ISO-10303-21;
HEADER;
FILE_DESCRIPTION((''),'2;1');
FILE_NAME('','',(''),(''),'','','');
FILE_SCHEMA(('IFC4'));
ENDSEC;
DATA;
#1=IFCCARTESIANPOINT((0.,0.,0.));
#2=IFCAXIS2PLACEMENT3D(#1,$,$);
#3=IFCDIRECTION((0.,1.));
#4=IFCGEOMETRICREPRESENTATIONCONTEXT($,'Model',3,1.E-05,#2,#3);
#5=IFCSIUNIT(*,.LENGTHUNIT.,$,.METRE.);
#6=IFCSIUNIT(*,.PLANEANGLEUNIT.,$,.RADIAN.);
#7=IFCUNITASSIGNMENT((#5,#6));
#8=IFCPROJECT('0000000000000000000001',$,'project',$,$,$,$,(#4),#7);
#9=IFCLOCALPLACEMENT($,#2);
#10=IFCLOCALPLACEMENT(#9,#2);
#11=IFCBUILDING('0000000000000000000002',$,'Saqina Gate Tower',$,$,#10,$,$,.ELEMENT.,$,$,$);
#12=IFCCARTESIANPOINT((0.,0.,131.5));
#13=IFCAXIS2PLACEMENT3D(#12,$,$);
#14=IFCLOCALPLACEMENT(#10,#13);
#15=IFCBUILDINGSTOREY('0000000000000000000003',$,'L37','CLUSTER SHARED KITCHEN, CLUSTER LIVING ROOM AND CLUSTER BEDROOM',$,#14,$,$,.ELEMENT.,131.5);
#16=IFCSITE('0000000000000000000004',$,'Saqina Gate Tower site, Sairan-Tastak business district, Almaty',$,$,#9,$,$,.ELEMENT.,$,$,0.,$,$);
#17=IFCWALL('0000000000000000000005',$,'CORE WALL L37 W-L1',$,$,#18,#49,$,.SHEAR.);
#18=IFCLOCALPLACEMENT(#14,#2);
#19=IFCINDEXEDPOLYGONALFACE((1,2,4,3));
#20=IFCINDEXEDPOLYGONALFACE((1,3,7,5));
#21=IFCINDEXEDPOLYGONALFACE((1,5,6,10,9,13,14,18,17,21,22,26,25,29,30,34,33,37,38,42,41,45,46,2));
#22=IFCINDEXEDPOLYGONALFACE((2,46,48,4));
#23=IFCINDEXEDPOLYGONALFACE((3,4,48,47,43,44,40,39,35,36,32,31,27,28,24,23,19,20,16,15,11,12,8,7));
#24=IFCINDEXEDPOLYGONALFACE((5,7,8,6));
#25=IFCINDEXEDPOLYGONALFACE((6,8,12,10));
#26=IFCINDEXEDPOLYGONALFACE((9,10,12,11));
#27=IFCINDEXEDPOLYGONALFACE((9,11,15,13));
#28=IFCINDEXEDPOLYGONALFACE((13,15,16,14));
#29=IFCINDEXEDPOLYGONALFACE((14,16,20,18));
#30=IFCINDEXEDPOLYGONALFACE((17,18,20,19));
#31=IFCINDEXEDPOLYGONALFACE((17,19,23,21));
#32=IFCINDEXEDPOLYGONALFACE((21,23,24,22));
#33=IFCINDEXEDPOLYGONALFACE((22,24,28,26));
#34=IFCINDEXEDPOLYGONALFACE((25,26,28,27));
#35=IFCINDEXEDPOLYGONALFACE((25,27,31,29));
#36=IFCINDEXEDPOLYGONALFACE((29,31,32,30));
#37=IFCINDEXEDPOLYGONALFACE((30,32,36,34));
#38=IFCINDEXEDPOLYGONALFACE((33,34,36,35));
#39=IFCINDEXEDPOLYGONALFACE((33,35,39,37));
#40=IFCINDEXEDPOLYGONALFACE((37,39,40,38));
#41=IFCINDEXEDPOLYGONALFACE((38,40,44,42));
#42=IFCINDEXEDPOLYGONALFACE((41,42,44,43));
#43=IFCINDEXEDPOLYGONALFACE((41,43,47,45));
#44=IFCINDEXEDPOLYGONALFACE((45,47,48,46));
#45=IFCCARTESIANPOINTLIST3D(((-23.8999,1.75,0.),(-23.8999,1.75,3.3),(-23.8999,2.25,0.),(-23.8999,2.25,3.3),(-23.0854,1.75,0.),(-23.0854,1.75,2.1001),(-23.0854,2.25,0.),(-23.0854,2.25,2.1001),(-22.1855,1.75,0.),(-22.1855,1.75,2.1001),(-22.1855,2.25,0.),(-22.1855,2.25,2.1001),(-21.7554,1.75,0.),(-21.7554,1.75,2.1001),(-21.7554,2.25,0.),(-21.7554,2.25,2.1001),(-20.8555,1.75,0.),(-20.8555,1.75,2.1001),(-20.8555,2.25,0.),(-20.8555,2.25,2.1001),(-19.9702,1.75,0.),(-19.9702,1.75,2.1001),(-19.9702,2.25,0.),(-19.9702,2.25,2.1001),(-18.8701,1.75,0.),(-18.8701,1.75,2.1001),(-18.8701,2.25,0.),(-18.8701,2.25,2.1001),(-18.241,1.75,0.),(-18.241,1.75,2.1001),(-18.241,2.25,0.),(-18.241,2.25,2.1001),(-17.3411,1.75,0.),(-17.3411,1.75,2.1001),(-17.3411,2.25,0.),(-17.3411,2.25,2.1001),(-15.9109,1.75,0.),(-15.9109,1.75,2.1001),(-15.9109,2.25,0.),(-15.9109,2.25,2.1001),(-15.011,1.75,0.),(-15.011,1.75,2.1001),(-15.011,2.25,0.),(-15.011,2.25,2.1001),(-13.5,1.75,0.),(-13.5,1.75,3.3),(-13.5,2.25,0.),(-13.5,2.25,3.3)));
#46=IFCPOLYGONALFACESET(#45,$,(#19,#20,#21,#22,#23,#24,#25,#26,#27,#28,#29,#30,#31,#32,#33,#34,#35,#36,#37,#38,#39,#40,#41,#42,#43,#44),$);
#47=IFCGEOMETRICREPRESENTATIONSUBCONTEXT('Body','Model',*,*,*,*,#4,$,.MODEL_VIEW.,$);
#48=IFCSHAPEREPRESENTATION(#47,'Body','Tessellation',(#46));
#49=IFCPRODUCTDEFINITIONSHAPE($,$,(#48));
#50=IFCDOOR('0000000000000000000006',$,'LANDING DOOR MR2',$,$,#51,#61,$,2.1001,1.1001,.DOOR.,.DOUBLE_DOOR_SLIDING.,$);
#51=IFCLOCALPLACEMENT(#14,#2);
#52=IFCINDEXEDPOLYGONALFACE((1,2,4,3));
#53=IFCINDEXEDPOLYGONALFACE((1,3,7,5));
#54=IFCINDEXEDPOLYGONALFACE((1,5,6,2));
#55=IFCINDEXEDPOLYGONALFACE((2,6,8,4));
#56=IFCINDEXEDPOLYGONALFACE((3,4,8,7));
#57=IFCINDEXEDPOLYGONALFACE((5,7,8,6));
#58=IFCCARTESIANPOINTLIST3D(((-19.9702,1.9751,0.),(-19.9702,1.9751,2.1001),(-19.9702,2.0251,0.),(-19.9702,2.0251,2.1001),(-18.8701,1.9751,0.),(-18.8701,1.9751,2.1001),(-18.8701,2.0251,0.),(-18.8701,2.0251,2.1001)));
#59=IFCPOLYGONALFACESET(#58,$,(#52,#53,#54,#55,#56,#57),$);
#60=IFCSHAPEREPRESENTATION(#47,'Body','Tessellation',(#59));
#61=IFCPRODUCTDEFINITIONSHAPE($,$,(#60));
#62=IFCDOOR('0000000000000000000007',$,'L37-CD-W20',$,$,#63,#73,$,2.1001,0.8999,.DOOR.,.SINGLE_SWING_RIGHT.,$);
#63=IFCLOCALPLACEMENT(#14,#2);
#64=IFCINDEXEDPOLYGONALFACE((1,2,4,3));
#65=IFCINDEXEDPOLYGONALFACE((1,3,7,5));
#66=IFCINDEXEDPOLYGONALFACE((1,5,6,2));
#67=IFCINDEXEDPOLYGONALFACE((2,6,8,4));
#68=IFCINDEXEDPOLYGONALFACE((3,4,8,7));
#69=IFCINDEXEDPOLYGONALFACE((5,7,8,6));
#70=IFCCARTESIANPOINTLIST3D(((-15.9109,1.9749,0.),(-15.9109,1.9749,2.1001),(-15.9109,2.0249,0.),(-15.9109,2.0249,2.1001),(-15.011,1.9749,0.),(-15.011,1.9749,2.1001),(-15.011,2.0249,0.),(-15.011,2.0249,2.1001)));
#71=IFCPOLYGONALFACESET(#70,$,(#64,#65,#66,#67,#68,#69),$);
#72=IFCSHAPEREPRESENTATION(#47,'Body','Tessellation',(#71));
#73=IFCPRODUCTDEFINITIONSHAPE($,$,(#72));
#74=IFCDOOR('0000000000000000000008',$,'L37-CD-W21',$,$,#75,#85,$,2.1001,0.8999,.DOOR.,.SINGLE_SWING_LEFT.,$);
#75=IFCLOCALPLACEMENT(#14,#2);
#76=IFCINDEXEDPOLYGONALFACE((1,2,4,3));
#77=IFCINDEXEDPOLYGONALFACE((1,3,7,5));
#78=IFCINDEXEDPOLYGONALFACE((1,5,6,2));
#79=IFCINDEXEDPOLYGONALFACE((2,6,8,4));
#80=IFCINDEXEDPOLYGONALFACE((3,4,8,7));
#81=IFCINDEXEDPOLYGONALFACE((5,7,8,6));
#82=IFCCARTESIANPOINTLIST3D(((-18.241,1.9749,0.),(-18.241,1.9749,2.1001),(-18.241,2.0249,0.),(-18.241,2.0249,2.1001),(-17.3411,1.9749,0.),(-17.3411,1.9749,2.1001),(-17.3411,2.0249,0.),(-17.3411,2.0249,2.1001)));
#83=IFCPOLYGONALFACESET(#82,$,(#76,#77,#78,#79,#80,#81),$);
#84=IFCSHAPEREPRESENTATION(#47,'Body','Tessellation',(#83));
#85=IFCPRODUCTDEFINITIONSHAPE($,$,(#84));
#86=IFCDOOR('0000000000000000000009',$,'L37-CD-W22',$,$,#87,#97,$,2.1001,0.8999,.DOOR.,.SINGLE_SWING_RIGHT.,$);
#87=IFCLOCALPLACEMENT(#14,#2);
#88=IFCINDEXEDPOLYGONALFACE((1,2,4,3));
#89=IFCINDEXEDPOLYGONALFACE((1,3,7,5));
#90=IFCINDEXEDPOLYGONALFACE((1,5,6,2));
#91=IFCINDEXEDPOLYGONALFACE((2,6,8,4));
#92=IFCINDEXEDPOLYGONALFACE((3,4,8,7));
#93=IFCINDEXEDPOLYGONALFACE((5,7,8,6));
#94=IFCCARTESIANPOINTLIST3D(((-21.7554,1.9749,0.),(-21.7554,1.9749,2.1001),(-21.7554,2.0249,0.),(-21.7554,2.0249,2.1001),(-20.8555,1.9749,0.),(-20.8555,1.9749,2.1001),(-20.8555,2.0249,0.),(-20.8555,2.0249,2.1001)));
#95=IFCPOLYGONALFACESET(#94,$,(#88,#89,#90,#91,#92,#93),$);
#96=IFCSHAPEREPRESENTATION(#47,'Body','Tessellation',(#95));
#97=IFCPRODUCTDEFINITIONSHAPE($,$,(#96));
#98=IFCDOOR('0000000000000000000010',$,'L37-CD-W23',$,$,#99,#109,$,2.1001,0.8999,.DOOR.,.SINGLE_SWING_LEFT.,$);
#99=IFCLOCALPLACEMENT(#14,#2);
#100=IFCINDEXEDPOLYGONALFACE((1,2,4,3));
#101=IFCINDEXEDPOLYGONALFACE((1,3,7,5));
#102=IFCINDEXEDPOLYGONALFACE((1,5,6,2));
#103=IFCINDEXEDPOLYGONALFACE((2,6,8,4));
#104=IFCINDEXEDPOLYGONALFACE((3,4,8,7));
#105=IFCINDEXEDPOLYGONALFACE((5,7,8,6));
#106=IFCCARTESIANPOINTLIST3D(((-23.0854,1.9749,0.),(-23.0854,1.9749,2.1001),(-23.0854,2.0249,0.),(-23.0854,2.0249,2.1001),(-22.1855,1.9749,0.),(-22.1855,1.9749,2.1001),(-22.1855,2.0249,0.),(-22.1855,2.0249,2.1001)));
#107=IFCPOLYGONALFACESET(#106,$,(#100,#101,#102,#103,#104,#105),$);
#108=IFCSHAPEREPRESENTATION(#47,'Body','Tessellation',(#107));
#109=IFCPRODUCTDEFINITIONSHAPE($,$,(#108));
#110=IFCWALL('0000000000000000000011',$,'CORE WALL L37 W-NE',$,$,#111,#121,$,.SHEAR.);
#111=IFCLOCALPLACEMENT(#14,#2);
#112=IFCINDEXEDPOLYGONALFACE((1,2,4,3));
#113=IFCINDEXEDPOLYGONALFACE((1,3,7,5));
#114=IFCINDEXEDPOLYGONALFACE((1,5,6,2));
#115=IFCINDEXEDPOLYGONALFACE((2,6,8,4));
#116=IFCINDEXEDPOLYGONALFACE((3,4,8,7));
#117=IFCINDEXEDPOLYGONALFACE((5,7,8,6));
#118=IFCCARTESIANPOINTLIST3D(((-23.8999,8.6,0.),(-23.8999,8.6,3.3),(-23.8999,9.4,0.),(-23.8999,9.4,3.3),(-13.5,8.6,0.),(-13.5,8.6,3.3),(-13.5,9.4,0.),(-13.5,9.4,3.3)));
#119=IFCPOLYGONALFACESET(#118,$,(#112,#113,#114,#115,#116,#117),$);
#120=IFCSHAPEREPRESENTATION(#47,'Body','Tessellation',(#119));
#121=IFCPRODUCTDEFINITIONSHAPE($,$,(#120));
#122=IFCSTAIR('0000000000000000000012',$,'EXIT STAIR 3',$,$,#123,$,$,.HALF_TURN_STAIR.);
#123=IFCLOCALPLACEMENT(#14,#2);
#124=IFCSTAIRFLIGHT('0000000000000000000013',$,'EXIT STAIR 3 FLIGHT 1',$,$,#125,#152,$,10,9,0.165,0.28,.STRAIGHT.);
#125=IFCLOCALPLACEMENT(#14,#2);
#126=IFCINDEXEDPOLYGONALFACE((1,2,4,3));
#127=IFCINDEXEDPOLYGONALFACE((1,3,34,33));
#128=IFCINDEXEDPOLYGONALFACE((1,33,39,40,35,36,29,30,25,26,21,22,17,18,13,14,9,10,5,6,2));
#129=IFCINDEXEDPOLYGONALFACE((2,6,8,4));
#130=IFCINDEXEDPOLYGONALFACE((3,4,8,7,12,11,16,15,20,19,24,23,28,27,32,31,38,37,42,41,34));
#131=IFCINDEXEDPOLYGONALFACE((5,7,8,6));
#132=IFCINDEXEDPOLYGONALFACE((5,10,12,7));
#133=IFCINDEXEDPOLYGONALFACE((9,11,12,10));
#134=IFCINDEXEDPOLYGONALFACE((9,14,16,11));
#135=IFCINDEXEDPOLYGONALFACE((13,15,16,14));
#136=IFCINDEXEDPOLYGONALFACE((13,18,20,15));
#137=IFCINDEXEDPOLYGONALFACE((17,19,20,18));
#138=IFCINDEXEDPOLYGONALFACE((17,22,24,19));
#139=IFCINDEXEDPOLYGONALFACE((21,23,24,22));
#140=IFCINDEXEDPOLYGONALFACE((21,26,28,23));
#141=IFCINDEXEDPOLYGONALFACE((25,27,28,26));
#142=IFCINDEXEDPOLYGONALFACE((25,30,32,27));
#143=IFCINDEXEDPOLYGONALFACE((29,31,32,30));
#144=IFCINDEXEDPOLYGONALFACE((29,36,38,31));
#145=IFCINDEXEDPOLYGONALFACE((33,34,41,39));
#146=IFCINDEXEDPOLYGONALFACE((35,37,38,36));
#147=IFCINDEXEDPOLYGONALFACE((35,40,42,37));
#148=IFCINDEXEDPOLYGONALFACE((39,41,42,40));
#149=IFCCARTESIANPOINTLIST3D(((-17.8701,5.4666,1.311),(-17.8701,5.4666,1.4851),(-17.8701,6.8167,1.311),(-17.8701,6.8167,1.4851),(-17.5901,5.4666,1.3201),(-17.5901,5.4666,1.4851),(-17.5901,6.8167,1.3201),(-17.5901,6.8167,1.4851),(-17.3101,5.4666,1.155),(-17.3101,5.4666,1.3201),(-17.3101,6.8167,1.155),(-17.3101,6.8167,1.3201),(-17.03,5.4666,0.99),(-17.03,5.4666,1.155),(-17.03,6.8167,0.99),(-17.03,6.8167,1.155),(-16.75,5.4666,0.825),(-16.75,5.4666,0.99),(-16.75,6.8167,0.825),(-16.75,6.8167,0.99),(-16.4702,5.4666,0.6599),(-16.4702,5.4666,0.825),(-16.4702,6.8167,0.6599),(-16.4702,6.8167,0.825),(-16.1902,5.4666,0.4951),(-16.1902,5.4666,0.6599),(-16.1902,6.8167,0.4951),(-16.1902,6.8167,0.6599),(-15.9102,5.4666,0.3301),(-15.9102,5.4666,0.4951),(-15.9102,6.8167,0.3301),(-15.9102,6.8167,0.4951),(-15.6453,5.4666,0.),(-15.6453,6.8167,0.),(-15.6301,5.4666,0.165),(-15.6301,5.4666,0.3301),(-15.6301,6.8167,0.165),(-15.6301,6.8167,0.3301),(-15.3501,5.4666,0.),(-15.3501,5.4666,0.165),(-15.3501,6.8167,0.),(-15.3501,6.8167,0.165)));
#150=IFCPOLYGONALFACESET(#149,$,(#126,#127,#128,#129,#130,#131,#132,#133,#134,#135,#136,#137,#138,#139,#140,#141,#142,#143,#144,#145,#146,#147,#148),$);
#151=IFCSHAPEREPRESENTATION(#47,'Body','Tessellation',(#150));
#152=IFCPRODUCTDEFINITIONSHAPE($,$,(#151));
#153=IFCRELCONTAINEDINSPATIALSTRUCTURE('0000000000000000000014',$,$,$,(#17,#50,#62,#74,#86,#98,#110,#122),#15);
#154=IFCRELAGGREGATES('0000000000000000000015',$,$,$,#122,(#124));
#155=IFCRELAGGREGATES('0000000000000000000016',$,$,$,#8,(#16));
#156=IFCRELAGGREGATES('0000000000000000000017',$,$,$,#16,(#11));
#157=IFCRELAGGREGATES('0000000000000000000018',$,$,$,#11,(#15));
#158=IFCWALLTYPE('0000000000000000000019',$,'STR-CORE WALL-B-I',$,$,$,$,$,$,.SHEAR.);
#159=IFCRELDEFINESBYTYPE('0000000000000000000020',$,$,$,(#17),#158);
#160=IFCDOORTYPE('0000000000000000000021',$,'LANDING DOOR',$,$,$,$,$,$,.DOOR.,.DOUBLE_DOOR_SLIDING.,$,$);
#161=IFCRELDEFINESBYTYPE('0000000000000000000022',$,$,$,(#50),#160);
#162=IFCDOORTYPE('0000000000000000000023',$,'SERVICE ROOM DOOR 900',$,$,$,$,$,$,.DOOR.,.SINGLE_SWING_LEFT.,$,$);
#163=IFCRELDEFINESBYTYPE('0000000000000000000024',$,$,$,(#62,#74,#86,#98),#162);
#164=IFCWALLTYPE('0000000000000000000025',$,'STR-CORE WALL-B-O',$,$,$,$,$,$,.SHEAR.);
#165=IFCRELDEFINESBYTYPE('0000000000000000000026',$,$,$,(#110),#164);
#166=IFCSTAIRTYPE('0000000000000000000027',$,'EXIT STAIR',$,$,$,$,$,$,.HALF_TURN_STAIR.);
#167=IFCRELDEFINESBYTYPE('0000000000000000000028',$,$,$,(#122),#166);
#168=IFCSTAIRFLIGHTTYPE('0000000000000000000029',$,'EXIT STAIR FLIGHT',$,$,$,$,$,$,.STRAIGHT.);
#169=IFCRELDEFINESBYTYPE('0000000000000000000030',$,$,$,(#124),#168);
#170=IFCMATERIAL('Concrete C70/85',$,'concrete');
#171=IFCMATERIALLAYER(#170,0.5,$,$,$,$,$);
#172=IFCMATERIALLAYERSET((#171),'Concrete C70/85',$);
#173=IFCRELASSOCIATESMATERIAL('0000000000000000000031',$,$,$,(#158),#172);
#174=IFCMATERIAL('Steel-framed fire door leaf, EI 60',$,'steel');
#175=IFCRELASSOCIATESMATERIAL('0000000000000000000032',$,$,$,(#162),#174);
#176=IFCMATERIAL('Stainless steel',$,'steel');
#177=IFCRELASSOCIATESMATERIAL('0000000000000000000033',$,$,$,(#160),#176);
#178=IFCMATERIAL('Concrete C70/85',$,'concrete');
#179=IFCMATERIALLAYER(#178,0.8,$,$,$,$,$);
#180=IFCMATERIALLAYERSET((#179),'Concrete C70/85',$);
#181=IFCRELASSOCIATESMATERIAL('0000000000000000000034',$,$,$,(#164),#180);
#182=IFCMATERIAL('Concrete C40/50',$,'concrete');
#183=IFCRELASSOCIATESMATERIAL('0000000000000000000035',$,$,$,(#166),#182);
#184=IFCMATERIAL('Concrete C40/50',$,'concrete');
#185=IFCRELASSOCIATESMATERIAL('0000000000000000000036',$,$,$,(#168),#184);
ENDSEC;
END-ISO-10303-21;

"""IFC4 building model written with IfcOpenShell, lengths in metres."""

from ifc_helpers import new_model, si_unit, direction, frame, frame_2d, origin, place, context, subcontext, project, spatial, polyline, rectangle, outline, extrude, material, layer, layer_set, type_object, element, fill, aggregate, save


model = new_model("IFC4")

# Units and contexts
model_context = context("Model", 3, precision=1e-05, world=origin(), true_north=direction((0.0, 1.0)))
body_context = subcontext(model_context, "Body", "Model", "MODEL_VIEW")
ifc_project = project(units=[si_unit("LENGTHUNIT", "METRE"), si_unit("PLANEANGLEUNIT", "RADIAN")], contexts=[model_context])

# Site, building, storey
site_placement = place(None, origin())
site = spatial("IfcSite", under=ifc_project, at=site_placement, Name="Saqina Gate Tower site, Sairan-Tastak business district, Almaty", CompositionType="ELEMENT", RefElevation=0.0)
building_placement = place(site_placement, origin())
building = spatial("IfcBuilding", under=site, at=building_placement, Name="Saqina Gate Tower", CompositionType="ELEMENT")
storey_placement = place(building_placement, frame((0.0, 0.0, 131.5)))
storey = spatial("IfcBuildingStorey", under=building, at=storey_placement, Name="L37", Description="CLUSTER SHARED KITCHEN, CLUSTER LIVING ROOM AND CLUSTER BEDROOM", CompositionType="ELEMENT", Elevation=131.5)

# Shared definitions
ifc_material_1 = material(Name="Concrete C70/85", Category="concrete")
ifc_layer_1 = layer(ifc_material_1, 0.5)
ifc_layer_set_1 = layer_set([ifc_layer_1], Name="Concrete C70/85")
wall_type_1 = type_object("IfcWallType", Name="STR-CORE WALL-B-I", PredefinedType="SHEAR", material=ifc_layer_set_1)
ifc_material_2 = material(Name="Steel-framed fire door leaf, EI 60", Category="steel")
door_type_1 = type_object("IfcDoorType", Name="SERVICE ROOM DOOR 900", OperationType="SINGLE_SWING_LEFT", PredefinedType="DOOR", material=ifc_material_2)

# Wall, openings, doors
wall_1_placement = place(storey_placement, frame((-13.5, 2.0, 0.0), z_axis=(0.0, 0.0, 1.0), x_axis=(-1.0, 0.0, 0.0)))
wall_1 = element("IfcWall", 1, at=wall_1_placement, inside=storey, type_object=wall_type_1, Name="CORE WALL L37 W-L1", PredefinedType="SHEAR", context=body_context, shape_type="SweptSolid", body=[
    extrude(rectangle(XDim=10.3999, YDim=0.5, at=frame_2d((5.2, 0.0))), origin(), (0.0, 0.0, 1.0), 3.3),
])
opening_1_placement = place(wall_1_placement, frame((5.3701, 0.0, 0.0)))
opening_1 = element("IfcOpeningElement", 2, at=opening_1_placement, cuts=wall_1, PredefinedType="OPENING", context=body_context, shape_type="SweptSolid", body=[
    extrude(rectangle(XDim=1.1001, YDim=2.1001, at=frame_2d((0.55, 1.05))), frame((0.0, 0.262, 0.0), z_axis=(0.0, -1.0, 0.0), x_axis=(1.0, 0.0, 0.0)), (0.0, 0.0, 1.0), 0.5239),
])
opening_2_placement = place(wall_1_placement, frame((1.511, 0.0, 0.0)))
opening_2 = element("IfcOpeningElement", 3, at=opening_2_placement, cuts=wall_1, PredefinedType="OPENING", context=body_context, shape_type="SweptSolid", body=[
    extrude(rectangle(XDim=0.8999, YDim=2.1001, at=frame_2d((0.45, 1.05))), frame((0.0, 0.262, 0.0), z_axis=(0.0, -1.0, 0.0), x_axis=(1.0, 0.0, 0.0)), (0.0, 0.0, 1.0), 0.5239),
])
opening_3_placement = place(wall_1_placement, frame((3.8411, 0.0, 0.0)))
opening_3 = element("IfcOpeningElement", 4, at=opening_3_placement, cuts=wall_1, PredefinedType="OPENING", context=body_context, shape_type="SweptSolid", body=[
    extrude(rectangle(XDim=0.8999, YDim=2.1001, at=frame_2d((0.45, 1.05))), frame((0.0, 0.262, 0.0), z_axis=(0.0, -1.0, 0.0), x_axis=(1.0, 0.0, 0.0)), (0.0, 0.0, 1.0), 0.5239),
])
opening_4_placement = place(wall_1_placement, frame((7.3555, 0.0, 0.0)))
opening_4 = element("IfcOpeningElement", 5, at=opening_4_placement, cuts=wall_1, PredefinedType="OPENING", context=body_context, shape_type="SweptSolid", body=[
    extrude(rectangle(XDim=0.8999, YDim=2.1001, at=frame_2d((0.45, 1.05))), frame((0.0, 0.262, 0.0), z_axis=(0.0, -1.0, 0.0), x_axis=(1.0, 0.0, 0.0)), (0.0, 0.0, 1.0), 0.5239),
])
opening_5_placement = place(wall_1_placement, frame((8.6855, 0.0, 0.0)))
opening_5 = element("IfcOpeningElement", 6, at=opening_5_placement, cuts=wall_1, PredefinedType="OPENING", context=body_context, shape_type="SweptSolid", body=[
    extrude(rectangle(XDim=0.8999, YDim=2.1001, at=frame_2d((0.45, 1.05))), frame((0.0, 0.262, 0.0), z_axis=(0.0, -1.0, 0.0), x_axis=(1.0, 0.0, 0.0)), (0.0, 0.0, 1.0), 0.5239),
])
ifc_material_3 = material(Name="Stainless steel", Category="steel")
door_type_2 = type_object("IfcDoorType", Name="LANDING DOOR", OperationType="DOUBLE_DOOR_SLIDING", PredefinedType="DOOR", material=ifc_material_3)
door_1_placement = place(opening_1_placement, origin())
door_1 = element("IfcDoor", 7, at=door_1_placement, inside=storey, type_object=door_type_2, Name="LANDING DOOR MR2", OperationType="DOUBLE_DOOR_SLIDING", OverallHeight=2.1001, OverallWidth=1.1001, PredefinedType="DOOR", context=body_context, shape_type="SweptSolid", body=[
    extrude(rectangle(XDim=1.1001, YDim=2.1001, at=frame_2d((0.55, 1.05))), frame((0.0, 0.0249, 0.0), z_axis=(0.0, -1.0, 0.0), x_axis=(1.0, 0.0, 0.0)), (0.0, 0.0, 1.0), 0.05),
])
fill(opening_1, door_1)
door_2_placement = place(opening_2_placement, frame((0.8999, 0.0, 0.0), z_axis=(0.0, 0.0, 1.0), x_axis=(-1.0, 0.0, 0.0)))
door_2 = element("IfcDoor", 8, at=door_2_placement, inside=storey, type_object=door_type_1, Name="L37-CD-W20", OperationType="SINGLE_SWING_RIGHT", OverallHeight=2.1001, OverallWidth=0.8999, PredefinedType="DOOR", context=body_context, shape_type="SweptSolid", body=[
    extrude(rectangle(XDim=0.8999, YDim=2.1001, at=frame_2d((0.45, 1.05))), frame((0.0, 0.0249, 0.0), z_axis=(0.0, -1.0, 0.0), x_axis=(1.0, 0.0, 0.0)), (0.0, 0.0, 1.0), 0.05),
])
fill(opening_2, door_2)
door_3_placement = place(opening_3_placement, frame((0.8999, 0.0, 0.0), z_axis=(0.0, 0.0, 1.0), x_axis=(-1.0, 0.0, 0.0)))
door_3 = element("IfcDoor", 9, at=door_3_placement, inside=storey, type_object=door_type_1, Name="L37-CD-W21", OperationType="SINGLE_SWING_LEFT", OverallHeight=2.1001, OverallWidth=0.8999, PredefinedType="DOOR", context=body_context, shape_type="SweptSolid", body=[
    extrude(rectangle(XDim=0.8999, YDim=2.1001, at=frame_2d((0.45, 1.05))), frame((0.0, 0.0249, 0.0), z_axis=(0.0, -1.0, 0.0), x_axis=(1.0, 0.0, 0.0)), (0.0, 0.0, 1.0), 0.05),
])
fill(opening_3, door_3)
door_4_placement = place(opening_4_placement, frame((0.8999, 0.0, 0.0), z_axis=(0.0, 0.0, 1.0), x_axis=(-1.0, 0.0, 0.0)))
door_4 = element("IfcDoor", 10, at=door_4_placement, inside=storey, type_object=door_type_1, Name="L37-CD-W22", OperationType="SINGLE_SWING_RIGHT", OverallHeight=2.1001, OverallWidth=0.8999, PredefinedType="DOOR", context=body_context, shape_type="SweptSolid", body=[
    extrude(rectangle(XDim=0.8999, YDim=2.1001, at=frame_2d((0.45, 1.05))), frame((0.0, 0.0249, 0.0), z_axis=(0.0, -1.0, 0.0), x_axis=(1.0, 0.0, 0.0)), (0.0, 0.0, 1.0), 0.05),
])
fill(opening_4, door_4)
door_5_placement = place(opening_5_placement, frame((0.8999, 0.0, 0.0), z_axis=(0.0, 0.0, 1.0), x_axis=(-1.0, 0.0, 0.0)))
door_5 = element("IfcDoor", 11, at=door_5_placement, inside=storey, type_object=door_type_1, Name="L37-CD-W23", OperationType="SINGLE_SWING_LEFT", OverallHeight=2.1001, OverallWidth=0.8999, PredefinedType="DOOR", context=body_context, shape_type="SweptSolid", body=[
    extrude(rectangle(XDim=0.8999, YDim=2.1001, at=frame_2d((0.45, 1.05))), frame((0.0, 0.0249, 0.0), z_axis=(0.0, -1.0, 0.0), x_axis=(1.0, 0.0, 0.0)), (0.0, 0.0, 1.0), 0.05),
])
fill(opening_5, door_5)

# Wall
ifc_material_4 = material(Name="Concrete C70/85", Category="concrete")
ifc_layer_2 = layer(ifc_material_4, 0.8)
ifc_layer_set_2 = layer_set([ifc_layer_2], Name="Concrete C70/85")
wall_type_2 = type_object("IfcWallType", Name="STR-CORE WALL-B-O", PredefinedType="SHEAR", material=ifc_layer_set_2)
wall_2_placement = place(storey_placement, frame((-13.5, 9.0, 0.0), z_axis=(0.0, 0.0, 1.0), x_axis=(-1.0, 0.0, 0.0)))
element("IfcWall", 12, at=wall_2_placement, inside=storey, type_object=wall_type_2, Name="CORE WALL L37 W-NE", PredefinedType="SHEAR", context=body_context, shape_type="SweptSolid", body=[
    extrude(rectangle(XDim=10.3999, YDim=0.8, at=frame_2d((5.2, 0.0))), origin(), (0.0, 0.0, 1.0), 3.3),
])

# Stair, stair flight
ifc_material_5 = material(Name="Concrete C40/50", Category="concrete")
stair_type = type_object("IfcStairType", Name="EXIT STAIR", PredefinedType="HALF_TURN_STAIR", material=ifc_material_5)
stair_placement = place(storey_placement, origin())
stair = element("IfcStair", 13, at=stair_placement, inside=storey, type_object=stair_type, Name="EXIT STAIR 3", PredefinedType="HALF_TURN_STAIR")
ifc_material_6 = material(Name="Concrete C40/50", Category="concrete")
stair_flight_type = type_object("IfcStairFlightType", Name="EXIT STAIR FLIGHT", PredefinedType="STRAIGHT", material=ifc_material_6)
stair_flight_1_placement = place(storey_placement, frame((-15.3501, 6.1416, 0.0), z_axis=(0.0, 0.0, 1.0), x_axis=(-1.0, 0.0, 0.0)))
stair_flight_1 = element("IfcStairFlight", 14, at=stair_flight_1_placement, type_object=stair_flight_type, Name="EXIT STAIR 3 FLIGHT 1", NumberOfRisers=10, NumberOfTreads=9, PredefinedType="STRAIGHT", RiserHeight=0.165, TreadLength=0.28, context=body_context, shape_type="SweptSolid", body=[
    extrude(outline(polyline([(0.0, 0.0), (0.0, 0.165), (0.28, 0.165), (0.28, 0.3301), (0.5601, 0.3301), (0.5601, 0.4951), (0.8401, 0.4951), (0.8401, 0.6599), (1.1201, 0.6599), (1.1201, 0.825), (1.3999, 0.825), (1.3999, 0.99), (1.6799, 0.99), (1.6799, 1.155), (1.96, 1.155), (1.96, 1.3201), (2.24, 1.3201), (2.24, 1.4851), (2.52, 1.4851), (2.52, 1.6499), (2.52, 1.311), (0.2952, 0.0), (0.0, 0.0)])), frame((0.0, 0.675, 0.0), z_axis=(0.0, -1.0, 0.0), x_axis=(1.0, 0.0, 0.0)), (0.0, 0.0, 1.0), 1.3501),
])
aggregate(stair, [stair_flight_1])

save(model, "model.ifc")
